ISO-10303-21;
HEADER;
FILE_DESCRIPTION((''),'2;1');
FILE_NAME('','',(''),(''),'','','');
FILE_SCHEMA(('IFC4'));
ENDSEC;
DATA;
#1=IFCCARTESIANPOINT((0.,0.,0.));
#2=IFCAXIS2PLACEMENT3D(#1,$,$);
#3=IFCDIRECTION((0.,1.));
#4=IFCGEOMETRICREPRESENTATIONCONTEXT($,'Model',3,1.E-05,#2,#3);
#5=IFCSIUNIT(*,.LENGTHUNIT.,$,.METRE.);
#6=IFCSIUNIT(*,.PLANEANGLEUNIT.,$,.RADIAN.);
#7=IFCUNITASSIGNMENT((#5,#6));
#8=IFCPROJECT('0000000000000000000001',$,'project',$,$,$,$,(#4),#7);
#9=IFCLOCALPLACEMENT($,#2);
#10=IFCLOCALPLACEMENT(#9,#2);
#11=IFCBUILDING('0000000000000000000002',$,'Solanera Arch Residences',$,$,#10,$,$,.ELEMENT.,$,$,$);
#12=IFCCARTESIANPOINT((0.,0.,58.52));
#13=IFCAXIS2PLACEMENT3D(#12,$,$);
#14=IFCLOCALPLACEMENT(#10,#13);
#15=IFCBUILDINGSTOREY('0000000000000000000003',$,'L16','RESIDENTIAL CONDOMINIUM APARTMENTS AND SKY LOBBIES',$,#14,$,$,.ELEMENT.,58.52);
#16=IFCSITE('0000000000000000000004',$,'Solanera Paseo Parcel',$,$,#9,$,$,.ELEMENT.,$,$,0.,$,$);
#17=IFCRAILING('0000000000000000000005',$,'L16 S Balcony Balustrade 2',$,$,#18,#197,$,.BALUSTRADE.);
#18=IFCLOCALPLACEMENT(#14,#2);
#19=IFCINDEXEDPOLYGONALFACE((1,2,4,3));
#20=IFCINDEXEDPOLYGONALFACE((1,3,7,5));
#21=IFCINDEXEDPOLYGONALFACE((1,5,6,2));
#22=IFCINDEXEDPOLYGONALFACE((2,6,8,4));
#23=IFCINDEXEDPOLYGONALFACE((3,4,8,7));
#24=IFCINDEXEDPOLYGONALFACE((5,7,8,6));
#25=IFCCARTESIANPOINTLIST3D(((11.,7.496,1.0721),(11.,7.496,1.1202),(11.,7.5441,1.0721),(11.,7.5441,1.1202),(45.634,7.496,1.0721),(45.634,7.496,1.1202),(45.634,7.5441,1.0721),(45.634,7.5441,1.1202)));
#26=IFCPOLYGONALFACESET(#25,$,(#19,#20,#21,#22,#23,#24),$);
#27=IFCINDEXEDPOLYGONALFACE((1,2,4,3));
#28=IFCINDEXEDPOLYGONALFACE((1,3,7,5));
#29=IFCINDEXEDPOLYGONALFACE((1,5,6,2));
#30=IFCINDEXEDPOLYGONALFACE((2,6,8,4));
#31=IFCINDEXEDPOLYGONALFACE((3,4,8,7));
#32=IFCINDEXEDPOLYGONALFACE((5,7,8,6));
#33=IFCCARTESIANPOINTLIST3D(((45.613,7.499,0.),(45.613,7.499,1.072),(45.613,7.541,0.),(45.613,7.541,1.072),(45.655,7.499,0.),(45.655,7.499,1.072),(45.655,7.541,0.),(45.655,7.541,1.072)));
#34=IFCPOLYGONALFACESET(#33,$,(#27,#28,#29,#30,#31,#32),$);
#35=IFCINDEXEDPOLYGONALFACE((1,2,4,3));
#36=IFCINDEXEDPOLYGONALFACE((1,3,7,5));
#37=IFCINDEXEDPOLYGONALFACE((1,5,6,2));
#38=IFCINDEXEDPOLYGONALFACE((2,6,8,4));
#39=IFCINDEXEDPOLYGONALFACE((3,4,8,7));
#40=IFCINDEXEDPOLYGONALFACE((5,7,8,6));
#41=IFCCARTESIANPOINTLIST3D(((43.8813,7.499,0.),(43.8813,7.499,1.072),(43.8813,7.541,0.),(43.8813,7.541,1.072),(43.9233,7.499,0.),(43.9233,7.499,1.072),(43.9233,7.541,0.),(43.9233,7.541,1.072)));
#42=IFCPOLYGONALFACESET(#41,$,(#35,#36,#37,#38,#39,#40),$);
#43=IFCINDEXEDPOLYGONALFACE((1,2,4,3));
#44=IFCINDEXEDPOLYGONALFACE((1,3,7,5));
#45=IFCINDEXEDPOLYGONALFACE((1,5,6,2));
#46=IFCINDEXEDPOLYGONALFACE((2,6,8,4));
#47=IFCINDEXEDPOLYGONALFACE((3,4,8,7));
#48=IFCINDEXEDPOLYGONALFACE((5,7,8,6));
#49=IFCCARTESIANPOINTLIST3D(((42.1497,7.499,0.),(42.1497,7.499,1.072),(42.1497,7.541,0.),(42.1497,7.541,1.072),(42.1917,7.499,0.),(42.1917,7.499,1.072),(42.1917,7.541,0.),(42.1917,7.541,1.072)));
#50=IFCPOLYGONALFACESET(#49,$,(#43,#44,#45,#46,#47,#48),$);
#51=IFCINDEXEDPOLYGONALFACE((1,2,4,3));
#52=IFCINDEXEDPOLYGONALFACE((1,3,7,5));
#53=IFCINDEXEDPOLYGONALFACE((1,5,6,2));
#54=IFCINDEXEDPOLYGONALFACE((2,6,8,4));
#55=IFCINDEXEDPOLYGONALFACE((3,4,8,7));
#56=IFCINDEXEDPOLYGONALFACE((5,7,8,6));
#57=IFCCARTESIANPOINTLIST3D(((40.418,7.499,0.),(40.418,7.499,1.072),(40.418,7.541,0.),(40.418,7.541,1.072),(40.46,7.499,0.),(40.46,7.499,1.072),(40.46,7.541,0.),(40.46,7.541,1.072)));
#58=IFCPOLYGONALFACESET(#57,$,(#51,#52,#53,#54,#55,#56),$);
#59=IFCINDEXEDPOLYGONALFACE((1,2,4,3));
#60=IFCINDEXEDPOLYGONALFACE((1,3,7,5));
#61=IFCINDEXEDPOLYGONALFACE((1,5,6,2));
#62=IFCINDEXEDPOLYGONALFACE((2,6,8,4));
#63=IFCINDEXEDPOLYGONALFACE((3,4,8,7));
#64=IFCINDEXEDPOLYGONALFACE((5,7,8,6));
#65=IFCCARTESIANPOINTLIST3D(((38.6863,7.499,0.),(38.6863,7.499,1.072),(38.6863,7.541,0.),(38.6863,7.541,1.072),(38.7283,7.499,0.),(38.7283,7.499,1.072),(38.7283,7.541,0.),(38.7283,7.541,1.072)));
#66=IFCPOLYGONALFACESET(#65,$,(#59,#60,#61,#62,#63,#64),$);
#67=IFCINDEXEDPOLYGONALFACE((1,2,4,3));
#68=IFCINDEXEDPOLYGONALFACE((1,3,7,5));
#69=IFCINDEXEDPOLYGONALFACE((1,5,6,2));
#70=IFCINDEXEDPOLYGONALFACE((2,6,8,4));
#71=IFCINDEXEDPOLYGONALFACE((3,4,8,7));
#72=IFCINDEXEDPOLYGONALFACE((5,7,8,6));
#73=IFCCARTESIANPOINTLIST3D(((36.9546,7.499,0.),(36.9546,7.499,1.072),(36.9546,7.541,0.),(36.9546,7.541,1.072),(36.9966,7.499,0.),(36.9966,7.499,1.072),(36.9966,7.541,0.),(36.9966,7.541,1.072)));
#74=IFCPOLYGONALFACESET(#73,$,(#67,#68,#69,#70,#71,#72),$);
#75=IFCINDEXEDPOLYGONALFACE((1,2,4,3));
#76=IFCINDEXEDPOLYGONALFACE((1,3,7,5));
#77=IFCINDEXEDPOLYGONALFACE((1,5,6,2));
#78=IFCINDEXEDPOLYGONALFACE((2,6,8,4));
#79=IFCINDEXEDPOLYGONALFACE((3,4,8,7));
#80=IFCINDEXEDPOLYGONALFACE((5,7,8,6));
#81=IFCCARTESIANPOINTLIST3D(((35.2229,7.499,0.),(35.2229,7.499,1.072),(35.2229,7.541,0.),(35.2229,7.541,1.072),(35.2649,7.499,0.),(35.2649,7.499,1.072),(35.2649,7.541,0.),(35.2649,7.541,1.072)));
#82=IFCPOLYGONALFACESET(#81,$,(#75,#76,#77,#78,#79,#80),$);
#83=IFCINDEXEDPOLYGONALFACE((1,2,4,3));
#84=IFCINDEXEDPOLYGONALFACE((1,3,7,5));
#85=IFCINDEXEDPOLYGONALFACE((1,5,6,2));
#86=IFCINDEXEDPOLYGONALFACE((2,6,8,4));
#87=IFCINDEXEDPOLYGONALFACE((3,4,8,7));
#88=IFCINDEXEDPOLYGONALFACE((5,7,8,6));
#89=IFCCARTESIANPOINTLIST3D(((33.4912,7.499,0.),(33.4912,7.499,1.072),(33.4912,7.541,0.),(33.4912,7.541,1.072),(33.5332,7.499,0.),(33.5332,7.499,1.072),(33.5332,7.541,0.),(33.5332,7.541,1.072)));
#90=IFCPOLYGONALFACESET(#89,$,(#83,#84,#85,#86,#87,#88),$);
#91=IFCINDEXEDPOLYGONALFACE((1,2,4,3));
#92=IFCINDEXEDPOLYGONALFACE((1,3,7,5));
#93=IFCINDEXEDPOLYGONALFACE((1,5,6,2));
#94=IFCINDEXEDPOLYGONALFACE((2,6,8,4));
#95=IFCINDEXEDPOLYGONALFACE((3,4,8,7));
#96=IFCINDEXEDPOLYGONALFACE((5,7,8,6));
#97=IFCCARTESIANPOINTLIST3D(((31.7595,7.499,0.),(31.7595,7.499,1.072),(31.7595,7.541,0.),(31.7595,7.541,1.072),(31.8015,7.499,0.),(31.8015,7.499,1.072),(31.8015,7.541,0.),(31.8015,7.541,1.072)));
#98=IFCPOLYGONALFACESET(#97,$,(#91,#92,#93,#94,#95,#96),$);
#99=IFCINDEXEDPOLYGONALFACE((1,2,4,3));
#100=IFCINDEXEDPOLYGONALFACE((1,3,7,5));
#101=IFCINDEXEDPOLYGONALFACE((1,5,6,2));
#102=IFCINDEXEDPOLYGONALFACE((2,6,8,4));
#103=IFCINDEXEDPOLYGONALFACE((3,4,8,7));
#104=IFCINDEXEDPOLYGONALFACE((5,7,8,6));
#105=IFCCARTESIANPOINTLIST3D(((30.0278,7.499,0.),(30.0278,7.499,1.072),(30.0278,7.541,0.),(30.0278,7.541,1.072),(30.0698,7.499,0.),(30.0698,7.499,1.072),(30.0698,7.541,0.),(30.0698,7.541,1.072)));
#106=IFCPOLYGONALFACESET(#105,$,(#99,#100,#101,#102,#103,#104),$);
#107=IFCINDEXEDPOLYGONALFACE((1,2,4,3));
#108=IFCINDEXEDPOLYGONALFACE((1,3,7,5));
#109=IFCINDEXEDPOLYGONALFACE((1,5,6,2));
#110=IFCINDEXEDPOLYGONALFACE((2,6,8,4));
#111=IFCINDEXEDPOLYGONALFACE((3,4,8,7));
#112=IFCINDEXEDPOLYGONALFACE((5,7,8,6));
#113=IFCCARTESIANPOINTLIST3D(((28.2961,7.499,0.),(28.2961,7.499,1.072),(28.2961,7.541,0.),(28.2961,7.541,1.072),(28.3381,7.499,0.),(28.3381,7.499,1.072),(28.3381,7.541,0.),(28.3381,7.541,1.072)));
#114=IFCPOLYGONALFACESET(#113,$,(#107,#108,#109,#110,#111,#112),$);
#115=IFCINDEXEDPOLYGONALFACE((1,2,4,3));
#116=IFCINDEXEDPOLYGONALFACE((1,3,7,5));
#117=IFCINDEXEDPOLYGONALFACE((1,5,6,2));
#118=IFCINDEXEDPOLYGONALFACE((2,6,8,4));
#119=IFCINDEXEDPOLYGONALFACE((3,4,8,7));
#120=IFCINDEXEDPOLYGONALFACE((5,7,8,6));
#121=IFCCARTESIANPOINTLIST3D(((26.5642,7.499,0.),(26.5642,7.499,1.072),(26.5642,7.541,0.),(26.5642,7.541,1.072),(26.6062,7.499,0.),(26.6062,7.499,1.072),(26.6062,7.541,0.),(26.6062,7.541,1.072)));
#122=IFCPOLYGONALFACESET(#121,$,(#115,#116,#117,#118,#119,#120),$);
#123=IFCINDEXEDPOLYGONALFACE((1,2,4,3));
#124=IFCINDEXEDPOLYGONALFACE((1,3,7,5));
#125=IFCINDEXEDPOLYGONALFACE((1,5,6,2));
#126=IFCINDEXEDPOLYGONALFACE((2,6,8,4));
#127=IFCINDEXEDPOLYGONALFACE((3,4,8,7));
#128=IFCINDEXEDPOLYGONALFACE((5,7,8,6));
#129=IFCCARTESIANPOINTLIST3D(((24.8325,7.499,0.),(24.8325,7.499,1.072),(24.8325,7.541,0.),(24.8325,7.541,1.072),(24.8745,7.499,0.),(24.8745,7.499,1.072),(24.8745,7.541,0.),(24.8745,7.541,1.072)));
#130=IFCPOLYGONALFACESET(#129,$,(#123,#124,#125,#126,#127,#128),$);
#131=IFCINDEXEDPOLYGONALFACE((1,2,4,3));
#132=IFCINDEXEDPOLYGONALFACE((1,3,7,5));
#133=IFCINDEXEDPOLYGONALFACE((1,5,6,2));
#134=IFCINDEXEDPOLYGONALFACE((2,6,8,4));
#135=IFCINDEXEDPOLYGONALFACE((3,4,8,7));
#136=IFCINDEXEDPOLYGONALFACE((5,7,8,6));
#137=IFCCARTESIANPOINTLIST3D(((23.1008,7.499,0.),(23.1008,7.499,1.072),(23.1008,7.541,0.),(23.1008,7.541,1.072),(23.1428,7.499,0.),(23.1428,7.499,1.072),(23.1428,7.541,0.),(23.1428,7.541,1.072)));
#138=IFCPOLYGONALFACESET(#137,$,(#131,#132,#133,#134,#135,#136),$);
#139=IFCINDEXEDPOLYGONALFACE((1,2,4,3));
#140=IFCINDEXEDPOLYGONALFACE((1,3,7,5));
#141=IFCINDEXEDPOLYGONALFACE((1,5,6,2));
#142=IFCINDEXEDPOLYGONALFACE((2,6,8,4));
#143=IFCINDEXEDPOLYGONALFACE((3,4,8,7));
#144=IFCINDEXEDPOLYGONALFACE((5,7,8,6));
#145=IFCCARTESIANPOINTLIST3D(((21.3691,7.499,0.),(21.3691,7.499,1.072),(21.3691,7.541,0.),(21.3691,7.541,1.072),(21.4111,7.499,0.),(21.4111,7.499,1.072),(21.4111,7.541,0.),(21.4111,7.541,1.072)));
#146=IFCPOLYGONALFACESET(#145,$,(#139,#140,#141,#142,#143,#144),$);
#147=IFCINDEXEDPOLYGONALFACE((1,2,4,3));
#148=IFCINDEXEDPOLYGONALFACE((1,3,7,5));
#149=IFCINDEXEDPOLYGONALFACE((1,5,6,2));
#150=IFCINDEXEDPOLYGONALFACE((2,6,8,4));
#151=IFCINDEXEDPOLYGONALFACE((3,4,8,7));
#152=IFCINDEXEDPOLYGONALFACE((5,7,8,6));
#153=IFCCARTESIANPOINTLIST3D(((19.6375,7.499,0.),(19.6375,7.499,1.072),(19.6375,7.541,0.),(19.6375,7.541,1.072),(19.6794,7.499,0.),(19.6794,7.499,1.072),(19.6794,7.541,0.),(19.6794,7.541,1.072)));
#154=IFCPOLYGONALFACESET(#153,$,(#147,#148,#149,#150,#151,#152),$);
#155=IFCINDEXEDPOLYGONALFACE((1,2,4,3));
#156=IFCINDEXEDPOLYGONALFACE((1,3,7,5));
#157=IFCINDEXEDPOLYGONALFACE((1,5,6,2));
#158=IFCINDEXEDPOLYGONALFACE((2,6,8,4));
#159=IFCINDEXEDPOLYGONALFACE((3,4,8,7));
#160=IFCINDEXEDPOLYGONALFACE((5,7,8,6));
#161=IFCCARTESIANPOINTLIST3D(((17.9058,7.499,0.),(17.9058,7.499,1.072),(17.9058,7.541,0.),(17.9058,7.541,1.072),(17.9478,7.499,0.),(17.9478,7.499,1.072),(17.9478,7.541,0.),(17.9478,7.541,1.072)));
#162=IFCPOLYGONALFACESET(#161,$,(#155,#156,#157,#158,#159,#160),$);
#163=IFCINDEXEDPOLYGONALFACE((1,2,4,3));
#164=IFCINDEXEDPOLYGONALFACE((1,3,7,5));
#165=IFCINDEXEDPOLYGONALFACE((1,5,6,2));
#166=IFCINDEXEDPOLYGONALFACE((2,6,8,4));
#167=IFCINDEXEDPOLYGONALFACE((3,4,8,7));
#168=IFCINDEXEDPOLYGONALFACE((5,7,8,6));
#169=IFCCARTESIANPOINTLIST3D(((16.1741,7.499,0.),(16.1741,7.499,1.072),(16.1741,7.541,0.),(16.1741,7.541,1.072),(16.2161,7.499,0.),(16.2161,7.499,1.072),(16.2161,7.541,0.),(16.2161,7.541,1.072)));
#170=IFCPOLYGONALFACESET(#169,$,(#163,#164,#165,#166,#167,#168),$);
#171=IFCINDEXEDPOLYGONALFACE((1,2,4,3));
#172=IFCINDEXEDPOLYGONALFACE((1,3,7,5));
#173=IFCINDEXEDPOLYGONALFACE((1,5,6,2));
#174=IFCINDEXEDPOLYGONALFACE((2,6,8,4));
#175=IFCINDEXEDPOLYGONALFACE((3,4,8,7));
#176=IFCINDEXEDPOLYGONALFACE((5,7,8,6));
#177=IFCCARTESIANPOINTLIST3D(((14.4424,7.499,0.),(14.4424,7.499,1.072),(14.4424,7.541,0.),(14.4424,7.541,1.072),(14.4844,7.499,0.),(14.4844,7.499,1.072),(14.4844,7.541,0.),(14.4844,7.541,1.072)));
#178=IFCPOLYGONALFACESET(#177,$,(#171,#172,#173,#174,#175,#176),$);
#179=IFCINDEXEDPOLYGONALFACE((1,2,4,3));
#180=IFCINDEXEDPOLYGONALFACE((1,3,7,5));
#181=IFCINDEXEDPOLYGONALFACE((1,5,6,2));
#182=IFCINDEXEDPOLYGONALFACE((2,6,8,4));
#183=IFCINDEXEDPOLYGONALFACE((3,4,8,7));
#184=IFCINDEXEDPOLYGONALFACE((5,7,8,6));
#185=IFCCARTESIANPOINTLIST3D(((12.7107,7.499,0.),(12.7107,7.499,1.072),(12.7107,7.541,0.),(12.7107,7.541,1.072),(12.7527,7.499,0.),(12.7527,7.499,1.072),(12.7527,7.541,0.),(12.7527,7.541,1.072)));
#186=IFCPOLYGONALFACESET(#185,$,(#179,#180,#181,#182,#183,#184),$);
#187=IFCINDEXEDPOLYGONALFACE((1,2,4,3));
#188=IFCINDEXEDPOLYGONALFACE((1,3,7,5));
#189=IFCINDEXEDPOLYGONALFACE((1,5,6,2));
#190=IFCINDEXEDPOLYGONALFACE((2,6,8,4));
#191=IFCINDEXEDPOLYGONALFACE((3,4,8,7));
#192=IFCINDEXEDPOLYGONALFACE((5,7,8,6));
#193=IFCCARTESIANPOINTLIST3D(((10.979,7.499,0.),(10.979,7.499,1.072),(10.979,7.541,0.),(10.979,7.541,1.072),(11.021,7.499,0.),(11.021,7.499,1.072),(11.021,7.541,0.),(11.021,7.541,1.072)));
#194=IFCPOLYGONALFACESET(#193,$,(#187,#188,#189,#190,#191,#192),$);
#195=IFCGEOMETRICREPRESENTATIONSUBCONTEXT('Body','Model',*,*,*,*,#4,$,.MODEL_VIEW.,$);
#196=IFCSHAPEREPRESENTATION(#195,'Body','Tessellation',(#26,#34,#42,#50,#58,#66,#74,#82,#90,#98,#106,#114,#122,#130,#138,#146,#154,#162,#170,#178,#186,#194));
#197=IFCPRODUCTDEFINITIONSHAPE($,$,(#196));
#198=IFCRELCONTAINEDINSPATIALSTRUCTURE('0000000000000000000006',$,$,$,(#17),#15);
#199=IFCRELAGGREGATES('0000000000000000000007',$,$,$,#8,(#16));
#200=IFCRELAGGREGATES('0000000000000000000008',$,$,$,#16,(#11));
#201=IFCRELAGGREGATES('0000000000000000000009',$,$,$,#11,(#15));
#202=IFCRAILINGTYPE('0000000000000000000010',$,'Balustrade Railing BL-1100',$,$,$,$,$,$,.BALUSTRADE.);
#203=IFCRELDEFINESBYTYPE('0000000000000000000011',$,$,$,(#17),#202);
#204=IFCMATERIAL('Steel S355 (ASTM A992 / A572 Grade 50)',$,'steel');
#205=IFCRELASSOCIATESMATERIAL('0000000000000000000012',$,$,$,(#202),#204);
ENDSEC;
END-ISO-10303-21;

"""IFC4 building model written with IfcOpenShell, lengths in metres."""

from ifc_helpers import new_model, si_unit, direction, frame, origin, origin_2d, place, context, subcontext, project, spatial, rectangle, extrude, material, type_object, element, save


model = new_model("IFC4")

# Units and contexts
model_context = context("Model", 3, precision=1e-05, world=origin(), true_north=direction((0.0, 1.0)))
body_context = subcontext(model_context, "Body", "Model", "MODEL_VIEW")
ifc_project = project(units=[si_unit("LENGTHUNIT", "METRE"), si_unit("PLANEANGLEUNIT", "RADIAN")], contexts=[model_context])

# Site, building, storey
site_placement = place(None, origin())
site = spatial("IfcSite", under=ifc_project, at=site_placement, Name="Solanera Paseo Parcel", CompositionType="ELEMENT", RefElevation=0.0)
building_placement = place(site_placement, origin())
building = spatial("IfcBuilding", under=site, at=building_placement, Name="Solanera Arch Residences", CompositionType="ELEMENT")
storey_placement = place(building_placement, frame((0.0, 0.0, 58.52)))
storey = spatial("IfcBuildingStorey", under=building, at=storey_placement, Name="L16", Description="RESIDENTIAL CONDOMINIUM APARTMENTS AND SKY LOBBIES", CompositionType="ELEMENT", Elevation=58.52)

# Railing
ifc_material_1 = material(Name="Steel S355 (ASTM A992 / A572 Grade 50)", Category="steel")
railing_type = type_object("IfcRailingType", Name="Balustrade Railing BL-1100", PredefinedType="BALUSTRADE", material=ifc_material_1)
railing_1_placement = place(storey_placement, frame((45.634, 7.52, 0.0)))
element("IfcRailing", 1, at=railing_1_placement, inside=storey, type_object=railing_type, Name="L16 S Balcony Balustrade 2", PredefinedType="BALUSTRADE", context=body_context, shape_type="SweptSolid", body=[
    extrude(rectangle(XDim=0.0481, YDim=0.0481, at=origin_2d()), frame((0.0, 0.0, 1.0962), z_axis=(-1.0, 0.0, 0.0), x_axis=(0.0, -1.0, 0.0)), (0.0, 0.0, 1.0), 34.634),
    extrude(rectangle(XDim=0.042, YDim=0.042, at=origin_2d()), origin(), (0.0, 0.0, 1.0), 1.072),
    extrude(rectangle(XDim=0.042, YDim=0.042, at=origin_2d()), frame((-1.7317, 0.0, 0.0)), (0.0, 0.0, 1.0), 1.072),
    extrude(rectangle(XDim=0.042, YDim=0.042, at=origin_2d()), frame((-3.4634, 0.0, 0.0)), (0.0, 0.0, 1.0), 1.072),
    extrude(rectangle(XDim=0.042, YDim=0.042, at=origin_2d()), frame((-5.1951, 0.0, 0.0)), (0.0, 0.0, 1.0), 1.072),
    extrude(rectangle(XDim=0.042, YDim=0.042, at=origin_2d()), frame((-6.9268, 0.0, 0.0)), (0.0, 0.0, 1.0), 1.072),
    extrude(rectangle(XDim=0.042, YDim=0.042, at=origin_2d()), frame((-8.6584, 0.0, 0.0)), (0.0, 0.0, 1.0), 1.072),
    extrude(rectangle(XDim=0.042, YDim=0.042, at=origin_2d()), frame((-10.3901, 0.0, 0.0)), (0.0, 0.0, 1.0), 1.072),
    extrude(rectangle(XDim=0.042, YDim=0.042, at=origin_2d()), frame((-12.1218, 0.0, 0.0)), (0.0, 0.0, 1.0), 1.072),
    extrude(rectangle(XDim=0.042, YDim=0.042, at=origin_2d()), frame((-13.8535, 0.0, 0.0)), (0.0, 0.0, 1.0), 1.072),
    extrude(rectangle(XDim=0.042, YDim=0.042, at=origin_2d()), frame((-15.5852, 0.0, 0.0)), (0.0, 0.0, 1.0), 1.072),
    extrude(rectangle(XDim=0.042, YDim=0.042, at=origin_2d()), frame((-17.3169, 0.0, 0.0)), (0.0, 0.0, 1.0), 1.072),
    extrude(rectangle(XDim=0.042, YDim=0.042, at=origin_2d()), frame((-19.0488, 0.0, 0.0)), (0.0, 0.0, 1.0), 1.072),
    extrude(rectangle(XDim=0.042, YDim=0.042, at=origin_2d()), frame((-20.7805, 0.0, 0.0)), (0.0, 0.0, 1.0), 1.072),
    extrude(rectangle(XDim=0.042, YDim=0.042, at=origin_2d()), frame((-22.5122, 0.0, 0.0)), (0.0, 0.0, 1.0), 1.072),
    extrude(rectangle(XDim=0.042, YDim=0.042, at=origin_2d()), frame((-24.2439, 0.0, 0.0)), (0.0, 0.0, 1.0), 1.072),
    extrude(rectangle(XDim=0.042, YDim=0.042, at=origin_2d()), frame((-25.9756, 0.0, 0.0)), (0.0, 0.0, 1.0), 1.072),
    extrude(rectangle(XDim=0.042, YDim=0.042, at=origin_2d()), frame((-27.7073, 0.0, 0.0)), (0.0, 0.0, 1.0), 1.072),
    extrude(rectangle(XDim=0.042, YDim=0.042, at=origin_2d()), frame((-29.439, 0.0, 0.0)), (0.0, 0.0, 1.0), 1.072),
    extrude(rectangle(XDim=0.042, YDim=0.042, at=origin_2d()), frame((-31.1707, 0.0, 0.0)), (0.0, 0.0, 1.0), 1.072),
    extrude(rectangle(XDim=0.042, YDim=0.042, at=origin_2d()), frame((-32.9023, 0.0, 0.0)), (0.0, 0.0, 1.0), 1.072),
    extrude(rectangle(XDim=0.042, YDim=0.042, at=origin_2d()), frame((-34.634, 0.0, 0.0)), (0.0, 0.0, 1.0), 1.072),
])

save(model, "model.ifc")
